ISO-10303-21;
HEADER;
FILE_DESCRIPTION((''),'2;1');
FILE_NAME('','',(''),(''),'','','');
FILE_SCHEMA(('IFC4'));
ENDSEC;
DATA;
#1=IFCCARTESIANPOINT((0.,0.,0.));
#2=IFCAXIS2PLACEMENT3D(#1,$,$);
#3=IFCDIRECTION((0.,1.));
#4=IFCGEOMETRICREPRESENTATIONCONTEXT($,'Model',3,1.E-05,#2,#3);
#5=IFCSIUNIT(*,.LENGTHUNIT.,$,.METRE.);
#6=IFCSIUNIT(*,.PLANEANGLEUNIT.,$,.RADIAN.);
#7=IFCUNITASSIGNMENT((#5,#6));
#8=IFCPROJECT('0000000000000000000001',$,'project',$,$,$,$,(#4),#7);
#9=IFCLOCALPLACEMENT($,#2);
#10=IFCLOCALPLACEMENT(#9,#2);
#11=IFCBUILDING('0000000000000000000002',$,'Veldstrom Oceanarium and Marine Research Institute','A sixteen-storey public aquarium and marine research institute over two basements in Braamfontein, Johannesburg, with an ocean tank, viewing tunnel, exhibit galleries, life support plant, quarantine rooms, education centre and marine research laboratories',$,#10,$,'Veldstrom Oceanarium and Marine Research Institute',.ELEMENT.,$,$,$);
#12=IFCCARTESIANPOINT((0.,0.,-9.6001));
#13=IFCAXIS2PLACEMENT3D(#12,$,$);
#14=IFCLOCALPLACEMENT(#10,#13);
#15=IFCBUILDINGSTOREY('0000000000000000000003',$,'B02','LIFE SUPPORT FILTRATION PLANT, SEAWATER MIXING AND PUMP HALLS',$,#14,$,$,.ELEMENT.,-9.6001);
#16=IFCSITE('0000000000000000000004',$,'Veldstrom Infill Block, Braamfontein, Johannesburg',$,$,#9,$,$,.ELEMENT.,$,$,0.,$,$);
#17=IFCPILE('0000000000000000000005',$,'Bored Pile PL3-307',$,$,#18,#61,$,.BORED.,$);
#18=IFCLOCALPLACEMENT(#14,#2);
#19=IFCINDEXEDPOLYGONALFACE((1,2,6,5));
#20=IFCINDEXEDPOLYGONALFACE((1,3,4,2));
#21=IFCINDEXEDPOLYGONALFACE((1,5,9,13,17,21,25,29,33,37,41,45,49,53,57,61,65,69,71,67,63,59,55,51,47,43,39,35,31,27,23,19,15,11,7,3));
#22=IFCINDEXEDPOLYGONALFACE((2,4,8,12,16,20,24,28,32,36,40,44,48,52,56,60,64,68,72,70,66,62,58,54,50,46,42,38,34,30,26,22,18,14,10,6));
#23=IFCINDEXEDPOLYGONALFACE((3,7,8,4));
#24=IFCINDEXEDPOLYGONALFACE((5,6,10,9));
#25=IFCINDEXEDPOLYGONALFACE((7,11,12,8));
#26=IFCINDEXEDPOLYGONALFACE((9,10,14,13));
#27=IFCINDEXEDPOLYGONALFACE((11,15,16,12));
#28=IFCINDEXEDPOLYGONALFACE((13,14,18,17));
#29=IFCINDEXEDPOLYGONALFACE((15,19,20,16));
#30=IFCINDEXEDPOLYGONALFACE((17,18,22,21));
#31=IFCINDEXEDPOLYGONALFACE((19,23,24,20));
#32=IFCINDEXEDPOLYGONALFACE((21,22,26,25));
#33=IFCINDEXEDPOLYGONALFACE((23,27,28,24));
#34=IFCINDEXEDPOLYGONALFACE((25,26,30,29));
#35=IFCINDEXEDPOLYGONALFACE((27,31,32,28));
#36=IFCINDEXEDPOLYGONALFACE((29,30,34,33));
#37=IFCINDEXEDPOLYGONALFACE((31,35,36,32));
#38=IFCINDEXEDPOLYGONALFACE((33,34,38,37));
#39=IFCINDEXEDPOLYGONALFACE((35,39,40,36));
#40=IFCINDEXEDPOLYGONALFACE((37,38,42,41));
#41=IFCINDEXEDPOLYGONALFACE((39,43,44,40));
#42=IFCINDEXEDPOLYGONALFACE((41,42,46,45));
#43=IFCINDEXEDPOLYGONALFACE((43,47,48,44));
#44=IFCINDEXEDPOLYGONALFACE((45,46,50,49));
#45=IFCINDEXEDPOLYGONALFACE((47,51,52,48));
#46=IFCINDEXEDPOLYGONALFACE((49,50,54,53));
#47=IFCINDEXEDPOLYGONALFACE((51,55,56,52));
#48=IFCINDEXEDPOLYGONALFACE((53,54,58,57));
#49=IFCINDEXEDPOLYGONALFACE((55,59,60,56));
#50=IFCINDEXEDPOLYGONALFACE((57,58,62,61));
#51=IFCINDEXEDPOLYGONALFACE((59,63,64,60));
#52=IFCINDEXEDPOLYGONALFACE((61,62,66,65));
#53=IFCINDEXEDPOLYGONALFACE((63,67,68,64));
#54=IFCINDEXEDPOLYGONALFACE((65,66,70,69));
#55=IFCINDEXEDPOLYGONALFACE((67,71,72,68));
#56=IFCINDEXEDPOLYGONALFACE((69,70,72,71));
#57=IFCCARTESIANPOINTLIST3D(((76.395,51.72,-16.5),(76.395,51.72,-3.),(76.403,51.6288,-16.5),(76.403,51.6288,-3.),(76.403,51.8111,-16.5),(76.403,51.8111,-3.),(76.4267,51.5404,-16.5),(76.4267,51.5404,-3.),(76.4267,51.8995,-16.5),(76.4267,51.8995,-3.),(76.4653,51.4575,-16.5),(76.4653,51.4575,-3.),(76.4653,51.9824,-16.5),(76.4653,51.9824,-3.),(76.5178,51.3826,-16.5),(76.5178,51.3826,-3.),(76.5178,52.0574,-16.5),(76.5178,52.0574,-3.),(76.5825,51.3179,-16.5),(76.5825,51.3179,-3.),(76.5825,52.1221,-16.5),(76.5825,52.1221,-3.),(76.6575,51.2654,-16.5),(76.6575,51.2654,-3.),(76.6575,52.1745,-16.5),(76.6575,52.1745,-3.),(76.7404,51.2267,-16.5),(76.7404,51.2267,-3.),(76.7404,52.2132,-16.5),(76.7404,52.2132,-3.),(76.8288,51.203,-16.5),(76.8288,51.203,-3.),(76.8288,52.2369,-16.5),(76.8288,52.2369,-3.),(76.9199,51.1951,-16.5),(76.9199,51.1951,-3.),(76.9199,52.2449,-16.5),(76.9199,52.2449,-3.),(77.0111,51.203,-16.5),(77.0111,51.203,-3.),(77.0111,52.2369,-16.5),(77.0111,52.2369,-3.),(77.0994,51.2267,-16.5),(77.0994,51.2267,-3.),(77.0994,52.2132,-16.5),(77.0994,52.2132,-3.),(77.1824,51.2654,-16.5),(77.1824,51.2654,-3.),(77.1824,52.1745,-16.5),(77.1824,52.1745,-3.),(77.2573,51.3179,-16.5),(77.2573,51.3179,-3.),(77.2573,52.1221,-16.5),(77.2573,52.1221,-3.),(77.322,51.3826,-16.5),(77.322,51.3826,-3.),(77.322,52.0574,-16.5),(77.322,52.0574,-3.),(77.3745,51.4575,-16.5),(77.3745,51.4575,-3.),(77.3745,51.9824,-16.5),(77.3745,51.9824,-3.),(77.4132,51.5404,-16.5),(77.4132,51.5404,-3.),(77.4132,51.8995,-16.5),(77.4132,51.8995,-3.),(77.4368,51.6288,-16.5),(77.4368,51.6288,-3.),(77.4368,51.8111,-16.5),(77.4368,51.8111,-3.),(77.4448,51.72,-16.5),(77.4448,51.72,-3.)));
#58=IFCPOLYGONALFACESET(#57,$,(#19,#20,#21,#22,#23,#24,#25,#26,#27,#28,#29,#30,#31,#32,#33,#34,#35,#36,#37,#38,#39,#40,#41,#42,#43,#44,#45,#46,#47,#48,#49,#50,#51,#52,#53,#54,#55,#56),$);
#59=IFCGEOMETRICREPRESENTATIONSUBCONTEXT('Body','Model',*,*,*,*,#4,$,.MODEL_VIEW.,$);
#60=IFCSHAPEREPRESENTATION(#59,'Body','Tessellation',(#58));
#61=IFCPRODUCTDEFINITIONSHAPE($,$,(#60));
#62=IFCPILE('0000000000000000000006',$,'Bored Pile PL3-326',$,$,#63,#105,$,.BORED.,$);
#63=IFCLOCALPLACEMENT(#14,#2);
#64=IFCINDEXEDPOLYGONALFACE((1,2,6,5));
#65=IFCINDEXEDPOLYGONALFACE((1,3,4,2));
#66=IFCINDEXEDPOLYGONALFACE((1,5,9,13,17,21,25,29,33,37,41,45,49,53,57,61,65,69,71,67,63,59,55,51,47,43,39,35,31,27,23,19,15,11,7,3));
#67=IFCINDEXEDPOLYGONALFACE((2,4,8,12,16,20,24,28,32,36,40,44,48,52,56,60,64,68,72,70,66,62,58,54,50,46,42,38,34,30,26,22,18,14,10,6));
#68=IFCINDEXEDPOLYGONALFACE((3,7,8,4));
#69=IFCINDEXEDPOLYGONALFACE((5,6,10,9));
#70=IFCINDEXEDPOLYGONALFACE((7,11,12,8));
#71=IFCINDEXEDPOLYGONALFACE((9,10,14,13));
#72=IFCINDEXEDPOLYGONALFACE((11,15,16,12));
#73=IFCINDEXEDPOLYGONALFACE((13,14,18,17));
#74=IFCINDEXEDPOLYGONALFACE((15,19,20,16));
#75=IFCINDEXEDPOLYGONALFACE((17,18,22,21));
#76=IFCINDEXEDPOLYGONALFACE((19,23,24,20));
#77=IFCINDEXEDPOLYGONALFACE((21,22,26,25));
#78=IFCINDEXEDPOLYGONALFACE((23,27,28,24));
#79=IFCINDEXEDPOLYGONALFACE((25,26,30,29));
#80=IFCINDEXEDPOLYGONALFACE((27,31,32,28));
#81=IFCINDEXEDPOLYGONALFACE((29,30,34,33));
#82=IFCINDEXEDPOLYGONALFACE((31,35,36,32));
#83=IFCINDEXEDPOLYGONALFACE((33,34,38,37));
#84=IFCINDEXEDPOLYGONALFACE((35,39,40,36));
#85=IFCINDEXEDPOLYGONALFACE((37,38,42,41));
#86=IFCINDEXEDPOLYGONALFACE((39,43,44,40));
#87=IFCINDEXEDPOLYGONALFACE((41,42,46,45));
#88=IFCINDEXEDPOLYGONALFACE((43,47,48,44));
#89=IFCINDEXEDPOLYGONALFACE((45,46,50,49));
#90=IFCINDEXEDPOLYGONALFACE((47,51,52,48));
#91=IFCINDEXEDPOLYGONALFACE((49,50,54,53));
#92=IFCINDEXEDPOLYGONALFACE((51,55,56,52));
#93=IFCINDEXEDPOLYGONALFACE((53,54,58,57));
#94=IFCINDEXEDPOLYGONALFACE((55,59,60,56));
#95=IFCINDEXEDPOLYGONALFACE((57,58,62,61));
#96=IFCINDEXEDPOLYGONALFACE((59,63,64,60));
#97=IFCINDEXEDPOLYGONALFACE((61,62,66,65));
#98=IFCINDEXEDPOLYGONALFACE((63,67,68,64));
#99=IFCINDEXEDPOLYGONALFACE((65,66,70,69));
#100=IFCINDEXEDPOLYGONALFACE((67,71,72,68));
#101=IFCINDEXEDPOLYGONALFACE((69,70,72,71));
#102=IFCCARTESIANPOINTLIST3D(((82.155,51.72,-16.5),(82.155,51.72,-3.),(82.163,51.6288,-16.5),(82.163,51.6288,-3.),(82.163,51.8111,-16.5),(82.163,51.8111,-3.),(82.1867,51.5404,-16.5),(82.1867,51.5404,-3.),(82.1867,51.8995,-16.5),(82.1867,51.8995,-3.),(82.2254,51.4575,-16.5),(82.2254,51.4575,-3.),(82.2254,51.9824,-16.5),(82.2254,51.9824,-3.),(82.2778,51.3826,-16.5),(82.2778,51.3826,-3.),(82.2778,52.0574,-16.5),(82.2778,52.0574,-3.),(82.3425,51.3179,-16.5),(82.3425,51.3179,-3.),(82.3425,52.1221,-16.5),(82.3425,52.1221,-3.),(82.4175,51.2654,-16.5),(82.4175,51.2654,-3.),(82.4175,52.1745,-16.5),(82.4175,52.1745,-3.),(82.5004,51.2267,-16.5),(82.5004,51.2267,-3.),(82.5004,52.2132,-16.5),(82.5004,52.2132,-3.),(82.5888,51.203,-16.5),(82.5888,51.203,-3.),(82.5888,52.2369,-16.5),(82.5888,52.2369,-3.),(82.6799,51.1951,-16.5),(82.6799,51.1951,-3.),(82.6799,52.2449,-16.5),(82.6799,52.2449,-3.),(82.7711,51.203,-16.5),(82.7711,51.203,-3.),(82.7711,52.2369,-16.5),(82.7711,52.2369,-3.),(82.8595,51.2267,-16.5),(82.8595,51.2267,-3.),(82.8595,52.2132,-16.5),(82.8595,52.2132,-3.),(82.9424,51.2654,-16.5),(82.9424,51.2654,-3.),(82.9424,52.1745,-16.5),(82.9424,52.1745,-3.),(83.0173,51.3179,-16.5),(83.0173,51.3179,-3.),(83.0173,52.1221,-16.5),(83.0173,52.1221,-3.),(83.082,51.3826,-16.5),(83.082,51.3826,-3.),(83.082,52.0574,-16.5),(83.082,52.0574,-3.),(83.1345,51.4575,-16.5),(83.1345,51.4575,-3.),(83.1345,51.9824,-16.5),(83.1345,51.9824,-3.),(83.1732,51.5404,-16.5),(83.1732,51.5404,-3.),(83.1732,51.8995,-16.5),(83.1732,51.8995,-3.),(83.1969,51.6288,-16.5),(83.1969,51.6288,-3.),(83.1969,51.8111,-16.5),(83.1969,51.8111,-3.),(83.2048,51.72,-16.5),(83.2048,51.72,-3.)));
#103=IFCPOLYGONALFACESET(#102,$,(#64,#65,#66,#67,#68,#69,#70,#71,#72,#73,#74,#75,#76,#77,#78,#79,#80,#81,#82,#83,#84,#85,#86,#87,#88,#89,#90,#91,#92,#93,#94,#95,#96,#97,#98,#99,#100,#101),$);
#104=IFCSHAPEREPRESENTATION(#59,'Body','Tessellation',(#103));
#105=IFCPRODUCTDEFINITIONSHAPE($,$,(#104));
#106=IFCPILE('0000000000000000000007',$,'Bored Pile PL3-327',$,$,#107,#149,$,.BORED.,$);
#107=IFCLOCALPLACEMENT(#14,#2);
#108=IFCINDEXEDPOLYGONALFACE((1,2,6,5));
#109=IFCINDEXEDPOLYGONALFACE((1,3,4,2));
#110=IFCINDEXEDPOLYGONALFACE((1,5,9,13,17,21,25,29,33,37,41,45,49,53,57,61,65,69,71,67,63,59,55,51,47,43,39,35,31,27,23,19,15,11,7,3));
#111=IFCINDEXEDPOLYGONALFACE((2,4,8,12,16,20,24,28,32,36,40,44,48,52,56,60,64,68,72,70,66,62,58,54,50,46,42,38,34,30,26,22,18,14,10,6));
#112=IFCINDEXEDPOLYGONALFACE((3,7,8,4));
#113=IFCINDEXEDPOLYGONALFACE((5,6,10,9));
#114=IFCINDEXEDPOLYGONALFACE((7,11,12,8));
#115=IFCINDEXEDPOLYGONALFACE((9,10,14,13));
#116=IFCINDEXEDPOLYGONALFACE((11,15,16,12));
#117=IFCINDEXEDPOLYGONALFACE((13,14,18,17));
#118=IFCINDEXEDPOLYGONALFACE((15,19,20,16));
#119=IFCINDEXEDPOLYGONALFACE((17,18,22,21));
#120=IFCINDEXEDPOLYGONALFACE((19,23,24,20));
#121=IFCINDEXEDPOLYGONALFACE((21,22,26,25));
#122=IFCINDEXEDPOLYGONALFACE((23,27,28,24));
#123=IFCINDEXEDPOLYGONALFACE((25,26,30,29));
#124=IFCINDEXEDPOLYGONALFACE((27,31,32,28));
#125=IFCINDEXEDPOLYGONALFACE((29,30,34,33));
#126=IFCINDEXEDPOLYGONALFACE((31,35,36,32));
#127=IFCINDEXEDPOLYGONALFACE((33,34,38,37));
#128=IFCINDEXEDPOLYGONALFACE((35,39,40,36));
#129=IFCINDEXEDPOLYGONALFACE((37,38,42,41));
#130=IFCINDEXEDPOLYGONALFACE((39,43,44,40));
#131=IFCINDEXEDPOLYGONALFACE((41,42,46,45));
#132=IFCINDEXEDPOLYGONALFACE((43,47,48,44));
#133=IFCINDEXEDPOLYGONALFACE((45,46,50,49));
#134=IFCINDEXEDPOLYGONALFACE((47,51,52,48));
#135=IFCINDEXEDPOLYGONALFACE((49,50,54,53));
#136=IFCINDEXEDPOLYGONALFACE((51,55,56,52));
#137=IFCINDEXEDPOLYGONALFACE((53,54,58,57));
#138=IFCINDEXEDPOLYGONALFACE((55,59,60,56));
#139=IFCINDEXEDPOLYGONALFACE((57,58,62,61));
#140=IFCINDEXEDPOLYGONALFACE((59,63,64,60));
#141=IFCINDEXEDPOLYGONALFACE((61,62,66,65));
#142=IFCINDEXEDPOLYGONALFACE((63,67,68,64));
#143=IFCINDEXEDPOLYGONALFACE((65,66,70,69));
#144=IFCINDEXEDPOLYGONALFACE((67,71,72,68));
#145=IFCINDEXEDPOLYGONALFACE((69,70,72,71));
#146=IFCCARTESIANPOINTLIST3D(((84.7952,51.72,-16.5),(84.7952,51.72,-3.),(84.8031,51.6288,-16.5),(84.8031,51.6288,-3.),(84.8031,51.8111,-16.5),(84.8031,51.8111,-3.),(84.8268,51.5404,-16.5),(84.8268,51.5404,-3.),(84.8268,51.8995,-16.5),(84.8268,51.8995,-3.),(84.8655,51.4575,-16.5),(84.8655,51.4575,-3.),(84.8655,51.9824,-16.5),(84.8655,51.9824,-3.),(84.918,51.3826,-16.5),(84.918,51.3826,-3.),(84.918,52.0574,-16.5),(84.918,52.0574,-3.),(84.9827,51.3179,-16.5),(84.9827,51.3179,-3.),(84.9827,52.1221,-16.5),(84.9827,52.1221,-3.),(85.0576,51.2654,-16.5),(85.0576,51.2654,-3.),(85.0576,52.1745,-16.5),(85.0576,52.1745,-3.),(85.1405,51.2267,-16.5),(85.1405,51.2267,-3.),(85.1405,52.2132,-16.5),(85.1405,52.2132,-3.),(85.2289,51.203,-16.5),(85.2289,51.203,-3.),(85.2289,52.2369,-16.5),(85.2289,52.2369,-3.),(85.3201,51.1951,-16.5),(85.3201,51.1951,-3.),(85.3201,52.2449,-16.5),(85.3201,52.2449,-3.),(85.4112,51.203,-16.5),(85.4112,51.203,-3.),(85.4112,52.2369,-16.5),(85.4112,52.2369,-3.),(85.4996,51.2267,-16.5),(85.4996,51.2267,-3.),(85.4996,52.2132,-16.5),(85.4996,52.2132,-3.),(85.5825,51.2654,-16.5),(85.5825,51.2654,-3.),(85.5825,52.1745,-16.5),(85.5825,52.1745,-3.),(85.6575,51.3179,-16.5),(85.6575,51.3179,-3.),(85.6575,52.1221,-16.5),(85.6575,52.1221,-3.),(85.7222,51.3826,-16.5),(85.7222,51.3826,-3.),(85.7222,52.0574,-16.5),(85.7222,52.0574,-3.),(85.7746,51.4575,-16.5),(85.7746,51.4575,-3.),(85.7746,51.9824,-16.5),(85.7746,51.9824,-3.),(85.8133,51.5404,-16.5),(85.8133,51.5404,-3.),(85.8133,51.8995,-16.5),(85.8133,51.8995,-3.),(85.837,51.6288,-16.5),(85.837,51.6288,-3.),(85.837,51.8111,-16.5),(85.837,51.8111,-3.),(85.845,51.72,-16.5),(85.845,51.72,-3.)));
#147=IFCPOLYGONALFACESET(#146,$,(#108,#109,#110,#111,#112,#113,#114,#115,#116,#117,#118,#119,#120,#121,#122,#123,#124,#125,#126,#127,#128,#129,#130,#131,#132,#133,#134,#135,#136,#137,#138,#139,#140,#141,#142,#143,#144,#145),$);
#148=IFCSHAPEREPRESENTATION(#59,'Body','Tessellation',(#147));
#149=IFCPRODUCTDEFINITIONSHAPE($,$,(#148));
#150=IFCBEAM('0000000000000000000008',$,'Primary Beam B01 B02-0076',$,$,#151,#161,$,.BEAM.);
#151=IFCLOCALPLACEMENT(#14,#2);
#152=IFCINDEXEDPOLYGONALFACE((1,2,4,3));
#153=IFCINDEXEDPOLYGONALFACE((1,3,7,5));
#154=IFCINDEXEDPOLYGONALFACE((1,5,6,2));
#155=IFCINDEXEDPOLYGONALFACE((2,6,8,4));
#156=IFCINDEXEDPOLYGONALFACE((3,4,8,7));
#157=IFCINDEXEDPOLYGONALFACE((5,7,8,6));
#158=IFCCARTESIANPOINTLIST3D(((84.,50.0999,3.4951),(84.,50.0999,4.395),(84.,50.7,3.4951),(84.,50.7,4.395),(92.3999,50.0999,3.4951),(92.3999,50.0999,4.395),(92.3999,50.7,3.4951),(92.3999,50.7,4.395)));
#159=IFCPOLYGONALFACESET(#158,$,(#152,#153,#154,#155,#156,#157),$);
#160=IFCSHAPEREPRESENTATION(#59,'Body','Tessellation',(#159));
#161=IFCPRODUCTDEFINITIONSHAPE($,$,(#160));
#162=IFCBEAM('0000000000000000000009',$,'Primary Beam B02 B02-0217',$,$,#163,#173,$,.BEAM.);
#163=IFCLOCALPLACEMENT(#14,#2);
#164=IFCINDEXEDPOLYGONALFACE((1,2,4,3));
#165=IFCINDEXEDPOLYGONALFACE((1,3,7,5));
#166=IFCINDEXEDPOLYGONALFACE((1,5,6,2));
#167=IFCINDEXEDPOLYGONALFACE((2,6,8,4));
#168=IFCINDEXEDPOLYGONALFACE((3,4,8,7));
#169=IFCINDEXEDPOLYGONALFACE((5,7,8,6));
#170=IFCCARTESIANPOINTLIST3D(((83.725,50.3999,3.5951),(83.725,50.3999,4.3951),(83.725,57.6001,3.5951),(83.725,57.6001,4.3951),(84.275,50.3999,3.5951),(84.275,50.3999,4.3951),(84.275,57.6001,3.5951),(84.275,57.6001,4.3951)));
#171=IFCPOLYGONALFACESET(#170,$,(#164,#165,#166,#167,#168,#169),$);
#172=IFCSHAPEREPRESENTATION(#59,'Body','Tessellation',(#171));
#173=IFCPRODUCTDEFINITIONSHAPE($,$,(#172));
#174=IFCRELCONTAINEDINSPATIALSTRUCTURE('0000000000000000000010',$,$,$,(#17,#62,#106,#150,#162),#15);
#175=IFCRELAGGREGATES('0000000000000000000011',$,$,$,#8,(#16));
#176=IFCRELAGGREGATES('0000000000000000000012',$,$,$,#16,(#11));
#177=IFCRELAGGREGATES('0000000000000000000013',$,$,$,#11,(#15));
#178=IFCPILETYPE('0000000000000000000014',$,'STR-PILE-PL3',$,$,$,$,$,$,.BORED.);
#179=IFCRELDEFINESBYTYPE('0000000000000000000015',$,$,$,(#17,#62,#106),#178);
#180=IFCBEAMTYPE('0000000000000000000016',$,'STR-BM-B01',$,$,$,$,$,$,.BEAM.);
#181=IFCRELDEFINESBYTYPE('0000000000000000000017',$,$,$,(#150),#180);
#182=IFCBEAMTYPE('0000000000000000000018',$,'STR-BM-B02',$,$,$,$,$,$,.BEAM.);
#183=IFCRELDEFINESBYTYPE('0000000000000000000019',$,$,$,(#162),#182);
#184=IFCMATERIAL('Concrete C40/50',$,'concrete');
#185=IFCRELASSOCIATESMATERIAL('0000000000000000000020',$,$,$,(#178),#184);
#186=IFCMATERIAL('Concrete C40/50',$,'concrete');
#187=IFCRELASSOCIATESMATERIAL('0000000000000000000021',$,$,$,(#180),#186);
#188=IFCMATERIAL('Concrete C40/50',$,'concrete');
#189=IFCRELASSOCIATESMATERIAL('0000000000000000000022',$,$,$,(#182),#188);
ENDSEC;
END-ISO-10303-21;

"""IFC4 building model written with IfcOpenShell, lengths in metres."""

from ifc_helpers import new_model, si_unit, direction, frame, origin, origin_2d, place, context, subcontext, project, spatial, rectangle, circle, extrude, material, material_profile, profile_set, type_object, element, save


model = new_model("IFC4")

# Units and contexts
model_context = context("Model", 3, precision=1e-05, world=origin(), true_north=direction((0.0, 1.0)))
body_context = subcontext(model_context, "Body", "Model", "MODEL_VIEW")
ifc_project = project(units=[si_unit("LENGTHUNIT", "METRE"), si_unit("PLANEANGLEUNIT", "RADIAN")], contexts=[model_context])

# Site, building, storey
site_placement = place(None, origin())
site = spatial("IfcSite", under=ifc_project, at=site_placement, Name="Veldstrom Infill Block, Braamfontein, Johannesburg", CompositionType="ELEMENT", RefElevation=0.0)
building_placement = place(site_placement, origin())
building = spatial("IfcBuilding", under=site, at=building_placement, Name="Veldstrom Oceanarium and Marine Research Institute", Description="A sixteen-storey public aquarium and marine research institute over two basements in Braamfontein, Johannesburg, with an ocean tank, viewing tunnel, exhibit galleries, life support plant, quarantine rooms, education centre and marine research laboratories", LongName="Veldstrom Oceanarium and Marine Research Institute", CompositionType="ELEMENT")
storey_placement = place(building_placement, frame((0.0, 0.0, -9.6001)))
storey = spatial("IfcBuildingStorey", under=building, at=storey_placement, Name="B02", Description="LIFE SUPPORT FILTRATION PLANT, SEAWATER MIXING AND PUMP HALLS", CompositionType="ELEMENT", Elevation=-9.6001)

# Piles
ifc_material_1 = material(Name="Concrete C40/50", Category="concrete")
ifc_material_profile_1 = material_profile(ifc_material_1, circle(Radius=0.5249, at=origin_2d()), Name="PILE-D1050")
ifc_profile_set_1 = profile_set([ifc_material_profile_1], Name="Concrete C40/50")
pile_type = type_object("IfcPileType", Name="STR-PILE-PL3", PredefinedType="BORED", material=ifc_profile_set_1)
for number, where, z_axis, x_axis, name in (
    (1, (76.9199, 51.72, -3.0), (0.0, 0.0, -1.0), (1.0, 0.0, 0.0), "Bored Pile PL3-307"),
    (2, (82.6799, 51.72, -3.0), (0.0, 0.0, -1.0), (1.0, 0.0, 0.0), "Bored Pile PL3-326"),
    (3, (85.3201, 51.72, -3.0), (0.0, 0.0, -1.0), (1.0, 0.0, 0.0), "Bored Pile PL3-327"),
):
    element("IfcPile", number, at=place(storey_placement, frame(where, z_axis=z_axis, x_axis=x_axis)), inside=storey, type_object=pile_type, Name=name, PredefinedType="BORED", context=body_context, shape_type="SweptSolid", body=[
        extrude(circle(Radius=0.5249, at=origin_2d()), origin(), (0.0, 0.0, 1.0), 13.5),
    ])

# Beams
ifc_material_2 = material(Name="Concrete C40/50", Category="concrete")
ifc_material_profile_2 = material_profile(ifc_material_2, rectangle(XDim=0.6001, YDim=0.8999, at=origin_2d()), Name="RC-BM-600x900")
ifc_profile_set_2 = profile_set([ifc_material_profile_2], Name="Concrete C40/50")
beam_type_1 = type_object("IfcBeamType", Name="STR-BM-B01", PredefinedType="BEAM", material=ifc_profile_set_2)
beam_1_placement = place(storey_placement, frame((84.0, 50.3999, 3.9451), z_axis=(1.0, 0.0, 0.0), x_axis=(0.0, 1.0, 0.0)))
element("IfcBeam", 4, at=beam_1_placement, inside=storey, type_object=beam_type_1, Name="Primary Beam B01 B02-0076", PredefinedType="BEAM", context=body_context, shape_type="SweptSolid", body=[
    extrude(rectangle(XDim=0.6001, YDim=0.8999, at=origin_2d()), origin(), (0.0, 0.0, 1.0), 8.3999),
])
ifc_material_3 = material(Name="Concrete C40/50", Category="concrete")
ifc_material_profile_3 = material_profile(ifc_material_3, rectangle(XDim=0.55, YDim=0.8, at=origin_2d()), Name="RC-BM-550x800")
ifc_profile_set_3 = profile_set([ifc_material_profile_3], Name="Concrete C40/50")
beam_type_2 = type_object("IfcBeamType", Name="STR-BM-B02", PredefinedType="BEAM", material=ifc_profile_set_3)
beam_2_placement = place(storey_placement, frame((84.0, 50.3999, 3.9951), z_axis=(0.0, 1.0, 0.0), x_axis=(-1.0, 0.0, 0.0)))
element("IfcBeam", 5, at=beam_2_placement, inside=storey, type_object=beam_type_2, Name="Primary Beam B02 B02-0217", PredefinedType="BEAM", context=body_context, shape_type="SweptSolid", body=[
    extrude(rectangle(XDim=0.55, YDim=0.8, at=origin_2d()), origin(), (0.0, 0.0, 1.0), 7.2002),
])

save(model, "model.ifc")
